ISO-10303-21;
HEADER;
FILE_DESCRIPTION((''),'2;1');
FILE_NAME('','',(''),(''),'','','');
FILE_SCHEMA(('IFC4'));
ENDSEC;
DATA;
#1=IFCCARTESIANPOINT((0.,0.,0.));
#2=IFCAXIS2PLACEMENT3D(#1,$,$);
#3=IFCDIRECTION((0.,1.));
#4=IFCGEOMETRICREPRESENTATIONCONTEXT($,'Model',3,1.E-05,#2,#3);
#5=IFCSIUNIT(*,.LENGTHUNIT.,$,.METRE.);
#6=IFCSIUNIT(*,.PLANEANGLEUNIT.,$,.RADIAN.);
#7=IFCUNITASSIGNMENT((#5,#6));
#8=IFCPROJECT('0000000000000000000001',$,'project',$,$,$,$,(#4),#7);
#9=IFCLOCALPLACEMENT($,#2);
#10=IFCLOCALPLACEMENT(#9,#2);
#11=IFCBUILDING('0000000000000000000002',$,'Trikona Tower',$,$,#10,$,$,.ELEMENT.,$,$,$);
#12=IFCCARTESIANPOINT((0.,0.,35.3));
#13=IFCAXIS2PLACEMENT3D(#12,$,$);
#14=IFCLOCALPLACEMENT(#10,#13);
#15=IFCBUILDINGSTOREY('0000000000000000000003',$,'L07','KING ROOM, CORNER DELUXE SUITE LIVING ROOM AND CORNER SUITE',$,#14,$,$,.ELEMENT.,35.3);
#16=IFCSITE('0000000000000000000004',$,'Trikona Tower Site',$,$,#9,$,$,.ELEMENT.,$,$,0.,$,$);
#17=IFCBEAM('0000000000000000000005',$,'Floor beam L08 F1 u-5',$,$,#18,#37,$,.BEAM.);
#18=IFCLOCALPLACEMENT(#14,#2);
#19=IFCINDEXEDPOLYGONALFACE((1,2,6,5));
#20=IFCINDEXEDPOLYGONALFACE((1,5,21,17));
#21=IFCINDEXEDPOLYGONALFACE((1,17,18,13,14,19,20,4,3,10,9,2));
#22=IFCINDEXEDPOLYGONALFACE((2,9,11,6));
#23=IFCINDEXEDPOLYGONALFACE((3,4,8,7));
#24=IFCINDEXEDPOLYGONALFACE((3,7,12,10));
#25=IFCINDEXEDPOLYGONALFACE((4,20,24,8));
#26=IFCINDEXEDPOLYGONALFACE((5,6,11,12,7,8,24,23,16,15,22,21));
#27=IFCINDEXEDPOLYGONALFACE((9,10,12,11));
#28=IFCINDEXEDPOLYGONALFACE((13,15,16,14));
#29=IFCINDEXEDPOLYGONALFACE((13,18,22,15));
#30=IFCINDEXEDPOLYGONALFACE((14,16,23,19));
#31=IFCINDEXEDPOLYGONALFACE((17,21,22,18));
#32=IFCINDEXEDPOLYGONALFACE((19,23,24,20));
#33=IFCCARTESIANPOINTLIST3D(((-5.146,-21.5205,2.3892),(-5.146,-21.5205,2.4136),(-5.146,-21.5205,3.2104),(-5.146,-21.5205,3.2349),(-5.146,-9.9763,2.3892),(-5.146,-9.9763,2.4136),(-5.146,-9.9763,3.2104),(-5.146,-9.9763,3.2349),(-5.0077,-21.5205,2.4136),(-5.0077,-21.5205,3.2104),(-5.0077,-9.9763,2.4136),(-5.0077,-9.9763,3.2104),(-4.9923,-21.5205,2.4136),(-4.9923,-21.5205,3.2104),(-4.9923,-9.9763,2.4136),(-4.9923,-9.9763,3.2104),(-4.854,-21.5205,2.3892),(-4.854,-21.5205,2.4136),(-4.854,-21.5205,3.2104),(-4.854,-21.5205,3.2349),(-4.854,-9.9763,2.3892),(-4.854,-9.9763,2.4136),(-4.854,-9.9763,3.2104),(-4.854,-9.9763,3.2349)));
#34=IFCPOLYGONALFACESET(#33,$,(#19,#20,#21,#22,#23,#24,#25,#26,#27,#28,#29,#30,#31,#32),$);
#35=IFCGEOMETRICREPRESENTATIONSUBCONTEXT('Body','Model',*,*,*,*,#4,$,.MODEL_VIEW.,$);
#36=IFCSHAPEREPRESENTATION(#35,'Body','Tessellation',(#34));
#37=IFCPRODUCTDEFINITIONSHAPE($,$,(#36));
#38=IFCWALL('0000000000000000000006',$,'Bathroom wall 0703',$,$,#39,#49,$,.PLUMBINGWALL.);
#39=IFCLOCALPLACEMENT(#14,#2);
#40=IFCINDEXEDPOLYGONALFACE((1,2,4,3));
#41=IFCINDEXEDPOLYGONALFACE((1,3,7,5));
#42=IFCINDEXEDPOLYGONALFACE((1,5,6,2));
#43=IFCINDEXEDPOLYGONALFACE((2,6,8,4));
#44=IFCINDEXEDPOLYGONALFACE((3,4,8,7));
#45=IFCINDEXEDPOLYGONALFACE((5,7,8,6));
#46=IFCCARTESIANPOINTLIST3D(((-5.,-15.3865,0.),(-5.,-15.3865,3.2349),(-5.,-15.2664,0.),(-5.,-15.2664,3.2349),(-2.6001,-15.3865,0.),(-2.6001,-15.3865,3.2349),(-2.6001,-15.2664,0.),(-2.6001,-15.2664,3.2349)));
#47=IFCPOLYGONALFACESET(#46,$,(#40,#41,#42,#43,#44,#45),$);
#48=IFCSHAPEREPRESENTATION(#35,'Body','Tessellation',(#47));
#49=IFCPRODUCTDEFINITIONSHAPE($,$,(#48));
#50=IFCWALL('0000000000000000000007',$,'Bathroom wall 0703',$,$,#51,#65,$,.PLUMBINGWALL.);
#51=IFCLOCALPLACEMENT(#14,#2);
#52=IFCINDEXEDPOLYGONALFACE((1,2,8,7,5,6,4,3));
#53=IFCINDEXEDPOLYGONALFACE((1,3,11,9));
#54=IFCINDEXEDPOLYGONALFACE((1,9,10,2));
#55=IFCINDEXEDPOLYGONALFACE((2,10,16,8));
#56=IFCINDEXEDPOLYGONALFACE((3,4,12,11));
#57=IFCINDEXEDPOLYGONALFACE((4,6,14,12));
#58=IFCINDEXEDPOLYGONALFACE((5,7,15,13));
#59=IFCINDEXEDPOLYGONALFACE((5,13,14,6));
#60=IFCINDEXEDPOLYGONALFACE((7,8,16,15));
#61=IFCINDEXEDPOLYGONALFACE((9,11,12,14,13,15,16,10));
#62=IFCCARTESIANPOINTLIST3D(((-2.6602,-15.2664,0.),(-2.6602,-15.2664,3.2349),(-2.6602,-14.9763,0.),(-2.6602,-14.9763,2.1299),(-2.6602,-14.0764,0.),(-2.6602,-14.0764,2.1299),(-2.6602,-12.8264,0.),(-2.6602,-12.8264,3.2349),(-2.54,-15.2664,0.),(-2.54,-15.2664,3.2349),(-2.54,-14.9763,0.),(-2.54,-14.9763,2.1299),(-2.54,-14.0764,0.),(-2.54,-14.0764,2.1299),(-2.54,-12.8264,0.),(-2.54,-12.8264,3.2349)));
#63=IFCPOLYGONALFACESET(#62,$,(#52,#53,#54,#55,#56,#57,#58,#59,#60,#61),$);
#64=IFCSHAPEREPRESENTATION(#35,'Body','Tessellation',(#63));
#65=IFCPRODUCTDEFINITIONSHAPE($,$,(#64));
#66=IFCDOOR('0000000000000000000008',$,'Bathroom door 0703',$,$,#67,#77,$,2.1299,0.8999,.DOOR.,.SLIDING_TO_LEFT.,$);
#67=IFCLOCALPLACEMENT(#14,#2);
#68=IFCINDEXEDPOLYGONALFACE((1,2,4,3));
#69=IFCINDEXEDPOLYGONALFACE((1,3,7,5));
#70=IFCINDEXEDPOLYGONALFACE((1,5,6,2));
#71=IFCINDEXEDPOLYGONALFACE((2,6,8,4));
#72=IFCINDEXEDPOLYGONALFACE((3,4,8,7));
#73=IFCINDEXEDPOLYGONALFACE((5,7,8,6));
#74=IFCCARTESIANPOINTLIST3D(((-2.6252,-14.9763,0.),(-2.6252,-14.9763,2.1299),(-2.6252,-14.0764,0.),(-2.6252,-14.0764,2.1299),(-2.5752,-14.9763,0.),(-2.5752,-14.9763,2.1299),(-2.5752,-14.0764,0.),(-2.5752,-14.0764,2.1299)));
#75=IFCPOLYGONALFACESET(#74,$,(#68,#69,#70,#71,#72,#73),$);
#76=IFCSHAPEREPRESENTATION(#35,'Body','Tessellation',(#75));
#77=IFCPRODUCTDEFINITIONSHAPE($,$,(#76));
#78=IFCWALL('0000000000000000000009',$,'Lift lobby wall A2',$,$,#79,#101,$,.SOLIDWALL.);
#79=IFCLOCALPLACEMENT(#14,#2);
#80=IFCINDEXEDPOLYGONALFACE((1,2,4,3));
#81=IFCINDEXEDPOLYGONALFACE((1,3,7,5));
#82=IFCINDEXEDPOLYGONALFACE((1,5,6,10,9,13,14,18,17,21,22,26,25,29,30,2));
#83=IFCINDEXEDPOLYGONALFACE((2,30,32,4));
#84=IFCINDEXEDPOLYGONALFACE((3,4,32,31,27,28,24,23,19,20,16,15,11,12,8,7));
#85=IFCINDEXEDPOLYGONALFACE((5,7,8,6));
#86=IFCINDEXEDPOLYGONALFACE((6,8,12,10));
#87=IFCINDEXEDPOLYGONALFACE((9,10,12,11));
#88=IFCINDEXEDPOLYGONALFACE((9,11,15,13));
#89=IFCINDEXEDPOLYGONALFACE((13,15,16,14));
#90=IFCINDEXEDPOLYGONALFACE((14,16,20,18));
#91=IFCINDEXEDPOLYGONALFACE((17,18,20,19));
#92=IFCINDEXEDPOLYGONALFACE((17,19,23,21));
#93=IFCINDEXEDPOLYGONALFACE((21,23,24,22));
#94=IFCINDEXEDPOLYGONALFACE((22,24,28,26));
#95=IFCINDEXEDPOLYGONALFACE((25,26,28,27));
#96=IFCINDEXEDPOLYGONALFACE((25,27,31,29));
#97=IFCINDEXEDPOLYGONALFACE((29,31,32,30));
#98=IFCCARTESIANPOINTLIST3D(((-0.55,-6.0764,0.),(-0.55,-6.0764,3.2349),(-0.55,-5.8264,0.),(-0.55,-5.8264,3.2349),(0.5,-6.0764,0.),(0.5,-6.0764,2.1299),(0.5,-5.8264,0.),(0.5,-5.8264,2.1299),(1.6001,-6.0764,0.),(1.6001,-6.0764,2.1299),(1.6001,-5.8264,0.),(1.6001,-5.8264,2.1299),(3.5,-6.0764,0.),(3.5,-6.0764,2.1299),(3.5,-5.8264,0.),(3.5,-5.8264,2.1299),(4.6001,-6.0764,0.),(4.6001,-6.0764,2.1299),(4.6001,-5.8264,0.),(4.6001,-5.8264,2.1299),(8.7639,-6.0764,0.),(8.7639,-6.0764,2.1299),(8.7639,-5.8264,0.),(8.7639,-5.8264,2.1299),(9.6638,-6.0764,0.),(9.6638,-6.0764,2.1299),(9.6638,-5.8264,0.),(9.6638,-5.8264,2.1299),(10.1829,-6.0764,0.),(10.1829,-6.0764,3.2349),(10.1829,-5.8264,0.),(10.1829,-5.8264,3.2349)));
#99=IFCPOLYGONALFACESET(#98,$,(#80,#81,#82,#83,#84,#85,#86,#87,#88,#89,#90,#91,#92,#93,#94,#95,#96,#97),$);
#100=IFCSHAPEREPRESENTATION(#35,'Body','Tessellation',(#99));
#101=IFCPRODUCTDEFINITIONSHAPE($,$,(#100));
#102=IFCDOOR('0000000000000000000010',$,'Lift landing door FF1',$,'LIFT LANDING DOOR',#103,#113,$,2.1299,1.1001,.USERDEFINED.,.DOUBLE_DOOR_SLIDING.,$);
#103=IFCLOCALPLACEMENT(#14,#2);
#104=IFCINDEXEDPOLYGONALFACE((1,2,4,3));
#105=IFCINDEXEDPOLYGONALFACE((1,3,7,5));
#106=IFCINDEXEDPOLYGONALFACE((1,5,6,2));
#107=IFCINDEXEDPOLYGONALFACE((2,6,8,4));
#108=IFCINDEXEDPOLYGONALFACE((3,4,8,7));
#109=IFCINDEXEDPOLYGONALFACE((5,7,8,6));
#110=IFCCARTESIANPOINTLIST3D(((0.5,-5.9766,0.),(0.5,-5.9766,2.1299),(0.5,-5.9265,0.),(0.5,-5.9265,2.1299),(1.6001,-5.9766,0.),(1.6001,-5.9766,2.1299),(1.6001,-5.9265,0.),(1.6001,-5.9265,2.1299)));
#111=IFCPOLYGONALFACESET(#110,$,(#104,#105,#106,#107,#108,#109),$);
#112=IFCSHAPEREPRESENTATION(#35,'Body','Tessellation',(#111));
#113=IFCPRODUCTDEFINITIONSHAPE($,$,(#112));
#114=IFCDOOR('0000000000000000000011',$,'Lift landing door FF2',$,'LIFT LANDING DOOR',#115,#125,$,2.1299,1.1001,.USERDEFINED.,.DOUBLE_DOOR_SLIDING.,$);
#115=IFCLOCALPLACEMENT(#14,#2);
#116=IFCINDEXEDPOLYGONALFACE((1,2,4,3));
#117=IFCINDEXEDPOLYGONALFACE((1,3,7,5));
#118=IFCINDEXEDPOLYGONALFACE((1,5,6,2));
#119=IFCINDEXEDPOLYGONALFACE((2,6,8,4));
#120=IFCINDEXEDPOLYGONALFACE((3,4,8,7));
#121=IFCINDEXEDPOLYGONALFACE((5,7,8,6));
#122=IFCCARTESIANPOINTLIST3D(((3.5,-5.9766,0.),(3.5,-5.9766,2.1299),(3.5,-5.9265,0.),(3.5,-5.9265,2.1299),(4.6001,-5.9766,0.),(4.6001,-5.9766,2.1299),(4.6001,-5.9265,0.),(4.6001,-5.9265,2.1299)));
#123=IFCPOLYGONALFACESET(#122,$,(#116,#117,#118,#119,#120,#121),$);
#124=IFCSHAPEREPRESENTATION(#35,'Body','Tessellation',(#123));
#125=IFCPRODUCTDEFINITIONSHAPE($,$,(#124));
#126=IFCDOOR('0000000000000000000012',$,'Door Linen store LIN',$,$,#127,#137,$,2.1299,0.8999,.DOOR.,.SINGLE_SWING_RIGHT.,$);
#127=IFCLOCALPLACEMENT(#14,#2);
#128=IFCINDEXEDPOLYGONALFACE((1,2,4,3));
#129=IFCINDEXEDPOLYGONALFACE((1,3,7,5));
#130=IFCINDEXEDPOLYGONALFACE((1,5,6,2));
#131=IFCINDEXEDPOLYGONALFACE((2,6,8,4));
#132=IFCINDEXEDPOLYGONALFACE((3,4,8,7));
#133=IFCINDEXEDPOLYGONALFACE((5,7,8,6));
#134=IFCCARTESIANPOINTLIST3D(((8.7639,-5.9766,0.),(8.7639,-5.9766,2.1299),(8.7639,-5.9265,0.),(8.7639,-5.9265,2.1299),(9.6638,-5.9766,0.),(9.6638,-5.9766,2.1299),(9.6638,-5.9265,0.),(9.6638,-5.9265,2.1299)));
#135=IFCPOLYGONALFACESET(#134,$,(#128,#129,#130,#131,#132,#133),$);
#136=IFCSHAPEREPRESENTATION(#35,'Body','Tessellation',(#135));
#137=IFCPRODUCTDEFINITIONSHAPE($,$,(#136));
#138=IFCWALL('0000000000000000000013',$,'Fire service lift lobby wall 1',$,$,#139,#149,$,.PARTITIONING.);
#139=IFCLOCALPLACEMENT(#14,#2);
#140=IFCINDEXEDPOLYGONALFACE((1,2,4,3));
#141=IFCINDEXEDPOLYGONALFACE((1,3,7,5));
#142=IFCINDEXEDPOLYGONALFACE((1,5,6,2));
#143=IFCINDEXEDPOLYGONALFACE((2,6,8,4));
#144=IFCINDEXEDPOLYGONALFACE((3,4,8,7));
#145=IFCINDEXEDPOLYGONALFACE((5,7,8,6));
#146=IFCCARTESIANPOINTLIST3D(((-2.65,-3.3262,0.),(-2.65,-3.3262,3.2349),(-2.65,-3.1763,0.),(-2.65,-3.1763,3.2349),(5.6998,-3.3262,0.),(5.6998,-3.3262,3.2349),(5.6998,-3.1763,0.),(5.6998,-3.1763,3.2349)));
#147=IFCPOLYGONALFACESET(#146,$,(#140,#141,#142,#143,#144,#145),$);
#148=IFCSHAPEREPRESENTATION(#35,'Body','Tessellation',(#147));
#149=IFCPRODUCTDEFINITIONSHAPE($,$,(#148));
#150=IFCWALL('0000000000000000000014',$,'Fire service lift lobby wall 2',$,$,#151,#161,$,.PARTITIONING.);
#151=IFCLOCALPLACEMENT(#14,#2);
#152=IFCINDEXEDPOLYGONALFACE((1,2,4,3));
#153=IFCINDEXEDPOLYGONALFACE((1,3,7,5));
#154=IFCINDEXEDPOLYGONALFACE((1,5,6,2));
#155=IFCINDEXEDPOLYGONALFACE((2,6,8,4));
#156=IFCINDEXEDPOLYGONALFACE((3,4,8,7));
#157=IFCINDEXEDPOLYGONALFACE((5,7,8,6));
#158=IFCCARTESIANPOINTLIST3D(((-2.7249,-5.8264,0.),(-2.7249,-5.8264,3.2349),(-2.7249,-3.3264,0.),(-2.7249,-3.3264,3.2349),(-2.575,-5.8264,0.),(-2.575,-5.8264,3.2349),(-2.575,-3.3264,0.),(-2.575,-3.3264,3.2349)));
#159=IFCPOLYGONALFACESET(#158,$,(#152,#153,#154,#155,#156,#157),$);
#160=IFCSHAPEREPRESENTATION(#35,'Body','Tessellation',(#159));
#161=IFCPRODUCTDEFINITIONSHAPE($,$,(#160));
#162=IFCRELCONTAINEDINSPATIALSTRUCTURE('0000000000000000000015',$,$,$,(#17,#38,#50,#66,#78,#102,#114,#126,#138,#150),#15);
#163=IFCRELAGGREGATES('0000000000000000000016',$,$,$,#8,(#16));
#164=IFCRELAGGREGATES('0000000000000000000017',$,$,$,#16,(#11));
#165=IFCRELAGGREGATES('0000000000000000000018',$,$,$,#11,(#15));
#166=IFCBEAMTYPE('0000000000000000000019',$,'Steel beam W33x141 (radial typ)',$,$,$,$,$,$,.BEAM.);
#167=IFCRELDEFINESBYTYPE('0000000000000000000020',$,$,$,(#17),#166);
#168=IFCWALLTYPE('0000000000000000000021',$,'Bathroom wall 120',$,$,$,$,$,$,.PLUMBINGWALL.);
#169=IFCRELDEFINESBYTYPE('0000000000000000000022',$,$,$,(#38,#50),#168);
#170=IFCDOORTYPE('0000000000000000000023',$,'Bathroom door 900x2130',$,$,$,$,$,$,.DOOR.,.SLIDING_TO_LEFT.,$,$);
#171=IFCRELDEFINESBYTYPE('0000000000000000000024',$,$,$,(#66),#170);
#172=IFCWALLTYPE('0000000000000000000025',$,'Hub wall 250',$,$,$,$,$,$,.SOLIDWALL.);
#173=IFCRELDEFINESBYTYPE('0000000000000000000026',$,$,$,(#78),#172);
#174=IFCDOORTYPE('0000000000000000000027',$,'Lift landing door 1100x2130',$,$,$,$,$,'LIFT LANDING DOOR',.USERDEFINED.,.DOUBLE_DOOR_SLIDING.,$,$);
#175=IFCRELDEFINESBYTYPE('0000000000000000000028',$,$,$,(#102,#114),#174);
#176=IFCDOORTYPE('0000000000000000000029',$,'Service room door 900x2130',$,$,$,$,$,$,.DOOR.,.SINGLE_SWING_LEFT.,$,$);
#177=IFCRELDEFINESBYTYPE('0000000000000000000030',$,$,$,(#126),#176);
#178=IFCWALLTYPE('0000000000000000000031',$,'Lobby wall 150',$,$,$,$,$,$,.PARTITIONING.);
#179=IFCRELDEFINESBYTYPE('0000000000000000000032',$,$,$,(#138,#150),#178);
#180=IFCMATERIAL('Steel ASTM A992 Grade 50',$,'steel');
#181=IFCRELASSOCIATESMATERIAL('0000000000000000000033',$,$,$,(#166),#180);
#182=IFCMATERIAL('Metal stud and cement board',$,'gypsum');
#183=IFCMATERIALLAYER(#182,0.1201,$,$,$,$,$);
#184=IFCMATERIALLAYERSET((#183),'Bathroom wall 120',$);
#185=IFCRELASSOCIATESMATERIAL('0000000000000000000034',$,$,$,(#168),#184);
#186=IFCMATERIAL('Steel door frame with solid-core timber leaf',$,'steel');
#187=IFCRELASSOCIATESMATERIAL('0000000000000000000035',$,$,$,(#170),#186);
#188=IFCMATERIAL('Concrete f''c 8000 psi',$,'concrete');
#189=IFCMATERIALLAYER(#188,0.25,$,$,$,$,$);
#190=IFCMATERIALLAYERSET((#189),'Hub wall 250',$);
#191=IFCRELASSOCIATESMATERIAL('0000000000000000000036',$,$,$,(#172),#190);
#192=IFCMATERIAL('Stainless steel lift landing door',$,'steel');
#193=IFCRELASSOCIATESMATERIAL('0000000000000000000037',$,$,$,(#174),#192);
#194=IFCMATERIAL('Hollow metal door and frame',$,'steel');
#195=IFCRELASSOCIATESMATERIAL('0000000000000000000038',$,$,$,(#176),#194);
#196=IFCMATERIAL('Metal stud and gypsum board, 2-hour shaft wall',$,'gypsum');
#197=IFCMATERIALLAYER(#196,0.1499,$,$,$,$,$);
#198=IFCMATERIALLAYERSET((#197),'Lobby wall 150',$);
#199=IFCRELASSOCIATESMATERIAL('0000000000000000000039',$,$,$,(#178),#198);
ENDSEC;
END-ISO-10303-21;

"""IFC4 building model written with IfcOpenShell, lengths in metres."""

from ifc_helpers import new_model, si_unit, direction, frame, frame_2d, origin, origin_2d, place, context, subcontext, project, spatial, rectangle, i_section, extrude, material, layer, layer_set, material_profile, profile_set, type_object, element, fill, save


model = new_model("IFC4")

# Units and contexts
model_context = context("Model", 3, precision=1e-05, world=origin(), true_north=direction((0.0, 1.0)))
body_context = subcontext(model_context, "Body", "Model", "MODEL_VIEW")
ifc_project = project(units=[si_unit("LENGTHUNIT", "METRE"), si_unit("PLANEANGLEUNIT", "RADIAN")], contexts=[model_context])

# Site, building, storey
site_placement = place(None, origin())
site = spatial("IfcSite", under=ifc_project, at=site_placement, Name="Trikona Tower Site", CompositionType="ELEMENT", RefElevation=0.0)
building_placement = place(site_placement, origin())
building = spatial("IfcBuilding", under=site, at=building_placement, Name="Trikona Tower", CompositionType="ELEMENT")
storey_placement = place(building_placement, frame((0.0, 0.0, 35.3)))
storey = spatial("IfcBuildingStorey", under=building, at=storey_placement, Name="L07", Description="KING ROOM, CORNER DELUXE SUITE LIVING ROOM AND CORNER SUITE", CompositionType="ELEMENT", Elevation=35.3)

# Beam
ifc_material_1 = material(Name="Steel ASTM A992 Grade 50", Category="steel")
ifc_material_profile = material_profile(ifc_material_1, i_section(OverallWidth=0.292, OverallDepth=0.8457, WebThickness=0.0154, FlangeThickness=0.0244, at=origin_2d()), Name="W33X141")
ifc_profile_set = profile_set([ifc_material_profile], Name="Steel ASTM A992 Grade 50")
beam_type = type_object("IfcBeamType", Name="Steel beam W33x141 (radial typ)", PredefinedType="BEAM", material=ifc_profile_set)
beam_placement = place(storey_placement, frame((-5.0, -9.9763, 2.812), z_axis=(0.0, -1.0, 0.0), x_axis=(1.0, 0.0, 0.0)))
element("IfcBeam", 1, at=beam_placement, inside=storey, type_object=beam_type, Name="Floor beam L08 F1 u-5", PredefinedType="BEAM", context=body_context, shape_type="SweptSolid", body=[
    extrude(i_section(OverallWidth=0.292, OverallDepth=0.8457, WebThickness=0.0154, FlangeThickness=0.0244, at=origin_2d()), origin(), (0.0, 0.0, 1.0), 11.5442),
])

# Wall
ifc_material_2 = material(Name="Metal stud and cement board", Category="gypsum")
ifc_layer_1 = layer(ifc_material_2, 0.1201)
ifc_layer_set_1 = layer_set([ifc_layer_1], Name="Bathroom wall 120")
wall_type_1 = type_object("IfcWallType", Name="Bathroom wall 120", PredefinedType="PLUMBINGWALL", material=ifc_layer_set_1)
wall_1_placement = place(storey_placement, frame((-5.0, -15.3264, 0.0), z_axis=(0.0, 0.0, 1.0), x_axis=(1.0, 0.0, 0.0)))
element("IfcWall", 2, at=wall_1_placement, inside=storey, type_object=wall_type_1, Name="Bathroom wall 0703", PredefinedType="PLUMBINGWALL", context=body_context, shape_type="SweptSolid", body=[
    extrude(rectangle(XDim=2.3999, YDim=0.1201, at=frame_2d((1.2, 0.0))), origin(), (0.0, 0.0, 1.0), 3.2349),
])

# Wall, opening, door
wall_2_placement = place(storey_placement, frame((-2.6001, -12.8264, 0.0), z_axis=(0.0, 0.0, 1.0), x_axis=(0.0, -1.0, 0.0)))
wall_2 = element("IfcWall", 3, at=wall_2_placement, inside=storey, type_object=wall_type_1, Name="Bathroom wall 0703", PredefinedType="PLUMBINGWALL", context=body_context, shape_type="SweptSolid", body=[
    extrude(rectangle(XDim=2.4399, YDim=0.1201, at=frame_2d((1.22, 0.0))), origin(), (0.0, 0.0, 1.0), 3.2349),
])
opening_1_placement = place(wall_2_placement, frame((1.25, 0.0, 0.0)))
opening_1 = element("IfcOpeningElement", 4, at=opening_1_placement, cuts=wall_2, PredefinedType="OPENING", context=body_context, shape_type="SweptSolid", body=[
    extrude(rectangle(XDim=0.8999, YDim=2.1299, at=frame_2d((0.45, 1.0649))), frame((0.0, 0.0701, 0.0), z_axis=(0.0, -1.0, 0.0), x_axis=(1.0, 0.0, 0.0)), (0.0, 0.0, 1.0), 0.1401),
])
ifc_material_3 = material(Name="Steel door frame with solid-core timber leaf", Category="steel")
door_type_1 = type_object("IfcDoorType", Name="Bathroom door 900x2130", OperationType="SLIDING_TO_LEFT", PredefinedType="DOOR", material=ifc_material_3)
door_1_placement = place(opening_1_placement, origin())
door_1 = element("IfcDoor", 5, at=door_1_placement, inside=storey, type_object=door_type_1, Name="Bathroom door 0703", OperationType="SLIDING_TO_LEFT", OverallHeight=2.1299, OverallWidth=0.8999, PredefinedType="DOOR", context=body_context, shape_type="SweptSolid", body=[
    extrude(rectangle(XDim=0.8999, YDim=2.1299, at=frame_2d((0.45, 1.0649))), frame((0.0, 0.0249, 0.0), z_axis=(0.0, -1.0, 0.0), x_axis=(1.0, 0.0, 0.0)), (0.0, 0.0, 1.0), 0.05),
])
fill(opening_1, door_1)

# Wall, openings, doors
ifc_material_4 = material(Name="Concrete f'c 8000 psi", Category="concrete")
ifc_layer_2 = layer(ifc_material_4, 0.25)
ifc_layer_set_2 = layer_set([ifc_layer_2], Name="Hub wall 250")
wall_type_2 = type_object("IfcWallType", Name="Hub wall 250", PredefinedType="SOLIDWALL", material=ifc_layer_set_2)
wall_3_placement = place(storey_placement, frame((-0.55, -5.9514, 0.0), z_axis=(0.0, 0.0, 1.0), x_axis=(1.0, 0.0, 0.0)))
wall_3 = element("IfcWall", 6, at=wall_3_placement, inside=storey, type_object=wall_type_2, Name="Lift lobby wall A2", PredefinedType="SOLIDWALL", context=body_context, shape_type="SweptSolid", body=[
    extrude(rectangle(XDim=10.7329, YDim=0.25, at=frame_2d((5.3665, 0.0))), origin(), (0.0, 0.0, 1.0), 3.2349),
])
opening_2_placement = place(wall_3_placement, frame((9.314, 0.0, 0.0)))
opening_2 = element("IfcOpeningElement", 7, at=opening_2_placement, cuts=wall_3, PredefinedType="OPENING", context=body_context, shape_type="SweptSolid", body=[
    extrude(rectangle(XDim=0.8999, YDim=2.1299, at=frame_2d((0.45, 1.0649))), frame((0.0, 0.135, 0.0), z_axis=(0.0, -1.0, 0.0), x_axis=(1.0, 0.0, 0.0)), (0.0, 0.0, 1.0), 0.27),
])
opening_3_placement = place(wall_3_placement, frame((1.05, 0.0, 0.0)))
opening_3 = element("IfcOpeningElement", 8, at=opening_3_placement, cuts=wall_3, PredefinedType="OPENING", context=body_context, shape_type="SweptSolid", body=[
    extrude(rectangle(XDim=1.1001, YDim=2.1299, at=frame_2d((0.55, 1.0649))), frame((0.0, 0.135, 0.0), z_axis=(0.0, -1.0, 0.0), x_axis=(1.0, 0.0, 0.0)), (0.0, 0.0, 1.0), 0.27),
])
opening_4_placement = place(wall_3_placement, frame((4.05, 0.0, 0.0)))
opening_4 = element("IfcOpeningElement", 9, at=opening_4_placement, cuts=wall_3, PredefinedType="OPENING", context=body_context, shape_type="SweptSolid", body=[
    extrude(rectangle(XDim=1.1001, YDim=2.1299, at=frame_2d((0.55, 1.0649))), frame((0.0, 0.135, 0.0), z_axis=(0.0, -1.0, 0.0), x_axis=(1.0, 0.0, 0.0)), (0.0, 0.0, 1.0), 0.27),
])
ifc_material_5 = material(Name="Stainless steel lift landing door", Category="steel")
door_type_2 = type_object("IfcDoorType", Name="Lift landing door 1100x2130", ElementType="LIFT LANDING DOOR", OperationType="DOUBLE_DOOR_SLIDING", PredefinedType="USERDEFINED", material=ifc_material_5)
door_2_placement = place(opening_3_placement, origin())
door_2 = element("IfcDoor", 10, at=door_2_placement, inside=storey, type_object=door_type_2, Name="Lift landing door FF1", ObjectType="LIFT LANDING DOOR", OperationType="DOUBLE_DOOR_SLIDING", OverallHeight=2.1299, OverallWidth=1.1001, PredefinedType="USERDEFINED", context=body_context, shape_type="SweptSolid", body=[
    extrude(rectangle(XDim=1.1001, YDim=2.1299, at=frame_2d((0.55, 1.0649))), frame((0.0, 0.0249, 0.0), z_axis=(0.0, -1.0, 0.0), x_axis=(1.0, 0.0, 0.0)), (0.0, 0.0, 1.0), 0.05),
])
fill(opening_3, door_2)
door_3_placement = place(opening_4_placement, origin())
door_3 = element("IfcDoor", 11, at=door_3_placement, inside=storey, type_object=door_type_2, Name="Lift landing door FF2", ObjectType="LIFT LANDING DOOR", OperationType="DOUBLE_DOOR_SLIDING", OverallHeight=2.1299, OverallWidth=1.1001, PredefinedType="USERDEFINED", context=body_context, shape_type="SweptSolid", body=[
    extrude(rectangle(XDim=1.1001, YDim=2.1299, at=frame_2d((0.55, 1.0649))), frame((0.0, 0.0249, 0.0), z_axis=(0.0, -1.0, 0.0), x_axis=(1.0, 0.0, 0.0)), (0.0, 0.0, 1.0), 0.05),
])
fill(opening_4, door_3)
ifc_material_6 = material(Name="Hollow metal door and frame", Category="steel")
door_type_3 = type_object("IfcDoorType", Name="Service room door 900x2130", OperationType="SINGLE_SWING_LEFT", PredefinedType="DOOR", material=ifc_material_6)
door_4_placement = place(opening_2_placement, origin())
door_4 = element("IfcDoor", 12, at=door_4_placement, inside=storey, type_object=door_type_3, Name="Door Linen store LIN", OperationType="SINGLE_SWING_RIGHT", OverallHeight=2.1299, OverallWidth=0.8999, PredefinedType="DOOR", context=body_context, shape_type="SweptSolid", body=[
    extrude(rectangle(XDim=0.8999, YDim=2.1299, at=frame_2d((0.45, 1.0649))), frame((0.0, 0.0249, 0.0), z_axis=(0.0, -1.0, 0.0), x_axis=(1.0, 0.0, 0.0)), (0.0, 0.0, 1.0), 0.05),
])
fill(opening_2, door_4)

# Walls
ifc_material_7 = material(Name="Metal stud and gypsum board, 2-hour shaft wall", Category="gypsum")
ifc_layer_3 = layer(ifc_material_7, 0.1499)
ifc_layer_set_3 = layer_set([ifc_layer_3], Name="Lobby wall 150")
wall_type_3 = type_object("IfcWallType", Name="Lobby wall 150", PredefinedType="PARTITIONING", material=ifc_layer_set_3)
wall_4_placement = place(storey_placement, frame((-2.6499, -3.2512, 0.0), z_axis=(0.0, 0.0, 1.0), x_axis=(1.0, 0.0, 0.0)))
element("IfcWall", 13, at=wall_4_placement, inside=storey, type_object=wall_type_3, Name="Fire service lift lobby wall 1", PredefinedType="PARTITIONING", context=body_context, shape_type="SweptSolid", body=[
    extrude(rectangle(XDim=8.3499, YDim=0.1499, at=frame_2d((4.1748, 0.0))), origin(), (0.0, 0.0, 1.0), 3.2349),
])
wall_5_placement = place(storey_placement, frame((-2.6499, -5.8264, 0.0), z_axis=(0.0, 0.0, 1.0), x_axis=(0.0, 1.0, 0.0)))
element("IfcWall", 14, at=wall_5_placement, inside=storey, type_object=wall_type_3, Name="Fire service lift lobby wall 2", PredefinedType="PARTITIONING", context=body_context, shape_type="SweptSolid", body=[
    extrude(rectangle(XDim=2.5, YDim=0.1499, at=frame_2d((1.25, 0.0))), origin(), (0.0, 0.0, 1.0), 3.2349),
])

save(model, "model.ifc")
